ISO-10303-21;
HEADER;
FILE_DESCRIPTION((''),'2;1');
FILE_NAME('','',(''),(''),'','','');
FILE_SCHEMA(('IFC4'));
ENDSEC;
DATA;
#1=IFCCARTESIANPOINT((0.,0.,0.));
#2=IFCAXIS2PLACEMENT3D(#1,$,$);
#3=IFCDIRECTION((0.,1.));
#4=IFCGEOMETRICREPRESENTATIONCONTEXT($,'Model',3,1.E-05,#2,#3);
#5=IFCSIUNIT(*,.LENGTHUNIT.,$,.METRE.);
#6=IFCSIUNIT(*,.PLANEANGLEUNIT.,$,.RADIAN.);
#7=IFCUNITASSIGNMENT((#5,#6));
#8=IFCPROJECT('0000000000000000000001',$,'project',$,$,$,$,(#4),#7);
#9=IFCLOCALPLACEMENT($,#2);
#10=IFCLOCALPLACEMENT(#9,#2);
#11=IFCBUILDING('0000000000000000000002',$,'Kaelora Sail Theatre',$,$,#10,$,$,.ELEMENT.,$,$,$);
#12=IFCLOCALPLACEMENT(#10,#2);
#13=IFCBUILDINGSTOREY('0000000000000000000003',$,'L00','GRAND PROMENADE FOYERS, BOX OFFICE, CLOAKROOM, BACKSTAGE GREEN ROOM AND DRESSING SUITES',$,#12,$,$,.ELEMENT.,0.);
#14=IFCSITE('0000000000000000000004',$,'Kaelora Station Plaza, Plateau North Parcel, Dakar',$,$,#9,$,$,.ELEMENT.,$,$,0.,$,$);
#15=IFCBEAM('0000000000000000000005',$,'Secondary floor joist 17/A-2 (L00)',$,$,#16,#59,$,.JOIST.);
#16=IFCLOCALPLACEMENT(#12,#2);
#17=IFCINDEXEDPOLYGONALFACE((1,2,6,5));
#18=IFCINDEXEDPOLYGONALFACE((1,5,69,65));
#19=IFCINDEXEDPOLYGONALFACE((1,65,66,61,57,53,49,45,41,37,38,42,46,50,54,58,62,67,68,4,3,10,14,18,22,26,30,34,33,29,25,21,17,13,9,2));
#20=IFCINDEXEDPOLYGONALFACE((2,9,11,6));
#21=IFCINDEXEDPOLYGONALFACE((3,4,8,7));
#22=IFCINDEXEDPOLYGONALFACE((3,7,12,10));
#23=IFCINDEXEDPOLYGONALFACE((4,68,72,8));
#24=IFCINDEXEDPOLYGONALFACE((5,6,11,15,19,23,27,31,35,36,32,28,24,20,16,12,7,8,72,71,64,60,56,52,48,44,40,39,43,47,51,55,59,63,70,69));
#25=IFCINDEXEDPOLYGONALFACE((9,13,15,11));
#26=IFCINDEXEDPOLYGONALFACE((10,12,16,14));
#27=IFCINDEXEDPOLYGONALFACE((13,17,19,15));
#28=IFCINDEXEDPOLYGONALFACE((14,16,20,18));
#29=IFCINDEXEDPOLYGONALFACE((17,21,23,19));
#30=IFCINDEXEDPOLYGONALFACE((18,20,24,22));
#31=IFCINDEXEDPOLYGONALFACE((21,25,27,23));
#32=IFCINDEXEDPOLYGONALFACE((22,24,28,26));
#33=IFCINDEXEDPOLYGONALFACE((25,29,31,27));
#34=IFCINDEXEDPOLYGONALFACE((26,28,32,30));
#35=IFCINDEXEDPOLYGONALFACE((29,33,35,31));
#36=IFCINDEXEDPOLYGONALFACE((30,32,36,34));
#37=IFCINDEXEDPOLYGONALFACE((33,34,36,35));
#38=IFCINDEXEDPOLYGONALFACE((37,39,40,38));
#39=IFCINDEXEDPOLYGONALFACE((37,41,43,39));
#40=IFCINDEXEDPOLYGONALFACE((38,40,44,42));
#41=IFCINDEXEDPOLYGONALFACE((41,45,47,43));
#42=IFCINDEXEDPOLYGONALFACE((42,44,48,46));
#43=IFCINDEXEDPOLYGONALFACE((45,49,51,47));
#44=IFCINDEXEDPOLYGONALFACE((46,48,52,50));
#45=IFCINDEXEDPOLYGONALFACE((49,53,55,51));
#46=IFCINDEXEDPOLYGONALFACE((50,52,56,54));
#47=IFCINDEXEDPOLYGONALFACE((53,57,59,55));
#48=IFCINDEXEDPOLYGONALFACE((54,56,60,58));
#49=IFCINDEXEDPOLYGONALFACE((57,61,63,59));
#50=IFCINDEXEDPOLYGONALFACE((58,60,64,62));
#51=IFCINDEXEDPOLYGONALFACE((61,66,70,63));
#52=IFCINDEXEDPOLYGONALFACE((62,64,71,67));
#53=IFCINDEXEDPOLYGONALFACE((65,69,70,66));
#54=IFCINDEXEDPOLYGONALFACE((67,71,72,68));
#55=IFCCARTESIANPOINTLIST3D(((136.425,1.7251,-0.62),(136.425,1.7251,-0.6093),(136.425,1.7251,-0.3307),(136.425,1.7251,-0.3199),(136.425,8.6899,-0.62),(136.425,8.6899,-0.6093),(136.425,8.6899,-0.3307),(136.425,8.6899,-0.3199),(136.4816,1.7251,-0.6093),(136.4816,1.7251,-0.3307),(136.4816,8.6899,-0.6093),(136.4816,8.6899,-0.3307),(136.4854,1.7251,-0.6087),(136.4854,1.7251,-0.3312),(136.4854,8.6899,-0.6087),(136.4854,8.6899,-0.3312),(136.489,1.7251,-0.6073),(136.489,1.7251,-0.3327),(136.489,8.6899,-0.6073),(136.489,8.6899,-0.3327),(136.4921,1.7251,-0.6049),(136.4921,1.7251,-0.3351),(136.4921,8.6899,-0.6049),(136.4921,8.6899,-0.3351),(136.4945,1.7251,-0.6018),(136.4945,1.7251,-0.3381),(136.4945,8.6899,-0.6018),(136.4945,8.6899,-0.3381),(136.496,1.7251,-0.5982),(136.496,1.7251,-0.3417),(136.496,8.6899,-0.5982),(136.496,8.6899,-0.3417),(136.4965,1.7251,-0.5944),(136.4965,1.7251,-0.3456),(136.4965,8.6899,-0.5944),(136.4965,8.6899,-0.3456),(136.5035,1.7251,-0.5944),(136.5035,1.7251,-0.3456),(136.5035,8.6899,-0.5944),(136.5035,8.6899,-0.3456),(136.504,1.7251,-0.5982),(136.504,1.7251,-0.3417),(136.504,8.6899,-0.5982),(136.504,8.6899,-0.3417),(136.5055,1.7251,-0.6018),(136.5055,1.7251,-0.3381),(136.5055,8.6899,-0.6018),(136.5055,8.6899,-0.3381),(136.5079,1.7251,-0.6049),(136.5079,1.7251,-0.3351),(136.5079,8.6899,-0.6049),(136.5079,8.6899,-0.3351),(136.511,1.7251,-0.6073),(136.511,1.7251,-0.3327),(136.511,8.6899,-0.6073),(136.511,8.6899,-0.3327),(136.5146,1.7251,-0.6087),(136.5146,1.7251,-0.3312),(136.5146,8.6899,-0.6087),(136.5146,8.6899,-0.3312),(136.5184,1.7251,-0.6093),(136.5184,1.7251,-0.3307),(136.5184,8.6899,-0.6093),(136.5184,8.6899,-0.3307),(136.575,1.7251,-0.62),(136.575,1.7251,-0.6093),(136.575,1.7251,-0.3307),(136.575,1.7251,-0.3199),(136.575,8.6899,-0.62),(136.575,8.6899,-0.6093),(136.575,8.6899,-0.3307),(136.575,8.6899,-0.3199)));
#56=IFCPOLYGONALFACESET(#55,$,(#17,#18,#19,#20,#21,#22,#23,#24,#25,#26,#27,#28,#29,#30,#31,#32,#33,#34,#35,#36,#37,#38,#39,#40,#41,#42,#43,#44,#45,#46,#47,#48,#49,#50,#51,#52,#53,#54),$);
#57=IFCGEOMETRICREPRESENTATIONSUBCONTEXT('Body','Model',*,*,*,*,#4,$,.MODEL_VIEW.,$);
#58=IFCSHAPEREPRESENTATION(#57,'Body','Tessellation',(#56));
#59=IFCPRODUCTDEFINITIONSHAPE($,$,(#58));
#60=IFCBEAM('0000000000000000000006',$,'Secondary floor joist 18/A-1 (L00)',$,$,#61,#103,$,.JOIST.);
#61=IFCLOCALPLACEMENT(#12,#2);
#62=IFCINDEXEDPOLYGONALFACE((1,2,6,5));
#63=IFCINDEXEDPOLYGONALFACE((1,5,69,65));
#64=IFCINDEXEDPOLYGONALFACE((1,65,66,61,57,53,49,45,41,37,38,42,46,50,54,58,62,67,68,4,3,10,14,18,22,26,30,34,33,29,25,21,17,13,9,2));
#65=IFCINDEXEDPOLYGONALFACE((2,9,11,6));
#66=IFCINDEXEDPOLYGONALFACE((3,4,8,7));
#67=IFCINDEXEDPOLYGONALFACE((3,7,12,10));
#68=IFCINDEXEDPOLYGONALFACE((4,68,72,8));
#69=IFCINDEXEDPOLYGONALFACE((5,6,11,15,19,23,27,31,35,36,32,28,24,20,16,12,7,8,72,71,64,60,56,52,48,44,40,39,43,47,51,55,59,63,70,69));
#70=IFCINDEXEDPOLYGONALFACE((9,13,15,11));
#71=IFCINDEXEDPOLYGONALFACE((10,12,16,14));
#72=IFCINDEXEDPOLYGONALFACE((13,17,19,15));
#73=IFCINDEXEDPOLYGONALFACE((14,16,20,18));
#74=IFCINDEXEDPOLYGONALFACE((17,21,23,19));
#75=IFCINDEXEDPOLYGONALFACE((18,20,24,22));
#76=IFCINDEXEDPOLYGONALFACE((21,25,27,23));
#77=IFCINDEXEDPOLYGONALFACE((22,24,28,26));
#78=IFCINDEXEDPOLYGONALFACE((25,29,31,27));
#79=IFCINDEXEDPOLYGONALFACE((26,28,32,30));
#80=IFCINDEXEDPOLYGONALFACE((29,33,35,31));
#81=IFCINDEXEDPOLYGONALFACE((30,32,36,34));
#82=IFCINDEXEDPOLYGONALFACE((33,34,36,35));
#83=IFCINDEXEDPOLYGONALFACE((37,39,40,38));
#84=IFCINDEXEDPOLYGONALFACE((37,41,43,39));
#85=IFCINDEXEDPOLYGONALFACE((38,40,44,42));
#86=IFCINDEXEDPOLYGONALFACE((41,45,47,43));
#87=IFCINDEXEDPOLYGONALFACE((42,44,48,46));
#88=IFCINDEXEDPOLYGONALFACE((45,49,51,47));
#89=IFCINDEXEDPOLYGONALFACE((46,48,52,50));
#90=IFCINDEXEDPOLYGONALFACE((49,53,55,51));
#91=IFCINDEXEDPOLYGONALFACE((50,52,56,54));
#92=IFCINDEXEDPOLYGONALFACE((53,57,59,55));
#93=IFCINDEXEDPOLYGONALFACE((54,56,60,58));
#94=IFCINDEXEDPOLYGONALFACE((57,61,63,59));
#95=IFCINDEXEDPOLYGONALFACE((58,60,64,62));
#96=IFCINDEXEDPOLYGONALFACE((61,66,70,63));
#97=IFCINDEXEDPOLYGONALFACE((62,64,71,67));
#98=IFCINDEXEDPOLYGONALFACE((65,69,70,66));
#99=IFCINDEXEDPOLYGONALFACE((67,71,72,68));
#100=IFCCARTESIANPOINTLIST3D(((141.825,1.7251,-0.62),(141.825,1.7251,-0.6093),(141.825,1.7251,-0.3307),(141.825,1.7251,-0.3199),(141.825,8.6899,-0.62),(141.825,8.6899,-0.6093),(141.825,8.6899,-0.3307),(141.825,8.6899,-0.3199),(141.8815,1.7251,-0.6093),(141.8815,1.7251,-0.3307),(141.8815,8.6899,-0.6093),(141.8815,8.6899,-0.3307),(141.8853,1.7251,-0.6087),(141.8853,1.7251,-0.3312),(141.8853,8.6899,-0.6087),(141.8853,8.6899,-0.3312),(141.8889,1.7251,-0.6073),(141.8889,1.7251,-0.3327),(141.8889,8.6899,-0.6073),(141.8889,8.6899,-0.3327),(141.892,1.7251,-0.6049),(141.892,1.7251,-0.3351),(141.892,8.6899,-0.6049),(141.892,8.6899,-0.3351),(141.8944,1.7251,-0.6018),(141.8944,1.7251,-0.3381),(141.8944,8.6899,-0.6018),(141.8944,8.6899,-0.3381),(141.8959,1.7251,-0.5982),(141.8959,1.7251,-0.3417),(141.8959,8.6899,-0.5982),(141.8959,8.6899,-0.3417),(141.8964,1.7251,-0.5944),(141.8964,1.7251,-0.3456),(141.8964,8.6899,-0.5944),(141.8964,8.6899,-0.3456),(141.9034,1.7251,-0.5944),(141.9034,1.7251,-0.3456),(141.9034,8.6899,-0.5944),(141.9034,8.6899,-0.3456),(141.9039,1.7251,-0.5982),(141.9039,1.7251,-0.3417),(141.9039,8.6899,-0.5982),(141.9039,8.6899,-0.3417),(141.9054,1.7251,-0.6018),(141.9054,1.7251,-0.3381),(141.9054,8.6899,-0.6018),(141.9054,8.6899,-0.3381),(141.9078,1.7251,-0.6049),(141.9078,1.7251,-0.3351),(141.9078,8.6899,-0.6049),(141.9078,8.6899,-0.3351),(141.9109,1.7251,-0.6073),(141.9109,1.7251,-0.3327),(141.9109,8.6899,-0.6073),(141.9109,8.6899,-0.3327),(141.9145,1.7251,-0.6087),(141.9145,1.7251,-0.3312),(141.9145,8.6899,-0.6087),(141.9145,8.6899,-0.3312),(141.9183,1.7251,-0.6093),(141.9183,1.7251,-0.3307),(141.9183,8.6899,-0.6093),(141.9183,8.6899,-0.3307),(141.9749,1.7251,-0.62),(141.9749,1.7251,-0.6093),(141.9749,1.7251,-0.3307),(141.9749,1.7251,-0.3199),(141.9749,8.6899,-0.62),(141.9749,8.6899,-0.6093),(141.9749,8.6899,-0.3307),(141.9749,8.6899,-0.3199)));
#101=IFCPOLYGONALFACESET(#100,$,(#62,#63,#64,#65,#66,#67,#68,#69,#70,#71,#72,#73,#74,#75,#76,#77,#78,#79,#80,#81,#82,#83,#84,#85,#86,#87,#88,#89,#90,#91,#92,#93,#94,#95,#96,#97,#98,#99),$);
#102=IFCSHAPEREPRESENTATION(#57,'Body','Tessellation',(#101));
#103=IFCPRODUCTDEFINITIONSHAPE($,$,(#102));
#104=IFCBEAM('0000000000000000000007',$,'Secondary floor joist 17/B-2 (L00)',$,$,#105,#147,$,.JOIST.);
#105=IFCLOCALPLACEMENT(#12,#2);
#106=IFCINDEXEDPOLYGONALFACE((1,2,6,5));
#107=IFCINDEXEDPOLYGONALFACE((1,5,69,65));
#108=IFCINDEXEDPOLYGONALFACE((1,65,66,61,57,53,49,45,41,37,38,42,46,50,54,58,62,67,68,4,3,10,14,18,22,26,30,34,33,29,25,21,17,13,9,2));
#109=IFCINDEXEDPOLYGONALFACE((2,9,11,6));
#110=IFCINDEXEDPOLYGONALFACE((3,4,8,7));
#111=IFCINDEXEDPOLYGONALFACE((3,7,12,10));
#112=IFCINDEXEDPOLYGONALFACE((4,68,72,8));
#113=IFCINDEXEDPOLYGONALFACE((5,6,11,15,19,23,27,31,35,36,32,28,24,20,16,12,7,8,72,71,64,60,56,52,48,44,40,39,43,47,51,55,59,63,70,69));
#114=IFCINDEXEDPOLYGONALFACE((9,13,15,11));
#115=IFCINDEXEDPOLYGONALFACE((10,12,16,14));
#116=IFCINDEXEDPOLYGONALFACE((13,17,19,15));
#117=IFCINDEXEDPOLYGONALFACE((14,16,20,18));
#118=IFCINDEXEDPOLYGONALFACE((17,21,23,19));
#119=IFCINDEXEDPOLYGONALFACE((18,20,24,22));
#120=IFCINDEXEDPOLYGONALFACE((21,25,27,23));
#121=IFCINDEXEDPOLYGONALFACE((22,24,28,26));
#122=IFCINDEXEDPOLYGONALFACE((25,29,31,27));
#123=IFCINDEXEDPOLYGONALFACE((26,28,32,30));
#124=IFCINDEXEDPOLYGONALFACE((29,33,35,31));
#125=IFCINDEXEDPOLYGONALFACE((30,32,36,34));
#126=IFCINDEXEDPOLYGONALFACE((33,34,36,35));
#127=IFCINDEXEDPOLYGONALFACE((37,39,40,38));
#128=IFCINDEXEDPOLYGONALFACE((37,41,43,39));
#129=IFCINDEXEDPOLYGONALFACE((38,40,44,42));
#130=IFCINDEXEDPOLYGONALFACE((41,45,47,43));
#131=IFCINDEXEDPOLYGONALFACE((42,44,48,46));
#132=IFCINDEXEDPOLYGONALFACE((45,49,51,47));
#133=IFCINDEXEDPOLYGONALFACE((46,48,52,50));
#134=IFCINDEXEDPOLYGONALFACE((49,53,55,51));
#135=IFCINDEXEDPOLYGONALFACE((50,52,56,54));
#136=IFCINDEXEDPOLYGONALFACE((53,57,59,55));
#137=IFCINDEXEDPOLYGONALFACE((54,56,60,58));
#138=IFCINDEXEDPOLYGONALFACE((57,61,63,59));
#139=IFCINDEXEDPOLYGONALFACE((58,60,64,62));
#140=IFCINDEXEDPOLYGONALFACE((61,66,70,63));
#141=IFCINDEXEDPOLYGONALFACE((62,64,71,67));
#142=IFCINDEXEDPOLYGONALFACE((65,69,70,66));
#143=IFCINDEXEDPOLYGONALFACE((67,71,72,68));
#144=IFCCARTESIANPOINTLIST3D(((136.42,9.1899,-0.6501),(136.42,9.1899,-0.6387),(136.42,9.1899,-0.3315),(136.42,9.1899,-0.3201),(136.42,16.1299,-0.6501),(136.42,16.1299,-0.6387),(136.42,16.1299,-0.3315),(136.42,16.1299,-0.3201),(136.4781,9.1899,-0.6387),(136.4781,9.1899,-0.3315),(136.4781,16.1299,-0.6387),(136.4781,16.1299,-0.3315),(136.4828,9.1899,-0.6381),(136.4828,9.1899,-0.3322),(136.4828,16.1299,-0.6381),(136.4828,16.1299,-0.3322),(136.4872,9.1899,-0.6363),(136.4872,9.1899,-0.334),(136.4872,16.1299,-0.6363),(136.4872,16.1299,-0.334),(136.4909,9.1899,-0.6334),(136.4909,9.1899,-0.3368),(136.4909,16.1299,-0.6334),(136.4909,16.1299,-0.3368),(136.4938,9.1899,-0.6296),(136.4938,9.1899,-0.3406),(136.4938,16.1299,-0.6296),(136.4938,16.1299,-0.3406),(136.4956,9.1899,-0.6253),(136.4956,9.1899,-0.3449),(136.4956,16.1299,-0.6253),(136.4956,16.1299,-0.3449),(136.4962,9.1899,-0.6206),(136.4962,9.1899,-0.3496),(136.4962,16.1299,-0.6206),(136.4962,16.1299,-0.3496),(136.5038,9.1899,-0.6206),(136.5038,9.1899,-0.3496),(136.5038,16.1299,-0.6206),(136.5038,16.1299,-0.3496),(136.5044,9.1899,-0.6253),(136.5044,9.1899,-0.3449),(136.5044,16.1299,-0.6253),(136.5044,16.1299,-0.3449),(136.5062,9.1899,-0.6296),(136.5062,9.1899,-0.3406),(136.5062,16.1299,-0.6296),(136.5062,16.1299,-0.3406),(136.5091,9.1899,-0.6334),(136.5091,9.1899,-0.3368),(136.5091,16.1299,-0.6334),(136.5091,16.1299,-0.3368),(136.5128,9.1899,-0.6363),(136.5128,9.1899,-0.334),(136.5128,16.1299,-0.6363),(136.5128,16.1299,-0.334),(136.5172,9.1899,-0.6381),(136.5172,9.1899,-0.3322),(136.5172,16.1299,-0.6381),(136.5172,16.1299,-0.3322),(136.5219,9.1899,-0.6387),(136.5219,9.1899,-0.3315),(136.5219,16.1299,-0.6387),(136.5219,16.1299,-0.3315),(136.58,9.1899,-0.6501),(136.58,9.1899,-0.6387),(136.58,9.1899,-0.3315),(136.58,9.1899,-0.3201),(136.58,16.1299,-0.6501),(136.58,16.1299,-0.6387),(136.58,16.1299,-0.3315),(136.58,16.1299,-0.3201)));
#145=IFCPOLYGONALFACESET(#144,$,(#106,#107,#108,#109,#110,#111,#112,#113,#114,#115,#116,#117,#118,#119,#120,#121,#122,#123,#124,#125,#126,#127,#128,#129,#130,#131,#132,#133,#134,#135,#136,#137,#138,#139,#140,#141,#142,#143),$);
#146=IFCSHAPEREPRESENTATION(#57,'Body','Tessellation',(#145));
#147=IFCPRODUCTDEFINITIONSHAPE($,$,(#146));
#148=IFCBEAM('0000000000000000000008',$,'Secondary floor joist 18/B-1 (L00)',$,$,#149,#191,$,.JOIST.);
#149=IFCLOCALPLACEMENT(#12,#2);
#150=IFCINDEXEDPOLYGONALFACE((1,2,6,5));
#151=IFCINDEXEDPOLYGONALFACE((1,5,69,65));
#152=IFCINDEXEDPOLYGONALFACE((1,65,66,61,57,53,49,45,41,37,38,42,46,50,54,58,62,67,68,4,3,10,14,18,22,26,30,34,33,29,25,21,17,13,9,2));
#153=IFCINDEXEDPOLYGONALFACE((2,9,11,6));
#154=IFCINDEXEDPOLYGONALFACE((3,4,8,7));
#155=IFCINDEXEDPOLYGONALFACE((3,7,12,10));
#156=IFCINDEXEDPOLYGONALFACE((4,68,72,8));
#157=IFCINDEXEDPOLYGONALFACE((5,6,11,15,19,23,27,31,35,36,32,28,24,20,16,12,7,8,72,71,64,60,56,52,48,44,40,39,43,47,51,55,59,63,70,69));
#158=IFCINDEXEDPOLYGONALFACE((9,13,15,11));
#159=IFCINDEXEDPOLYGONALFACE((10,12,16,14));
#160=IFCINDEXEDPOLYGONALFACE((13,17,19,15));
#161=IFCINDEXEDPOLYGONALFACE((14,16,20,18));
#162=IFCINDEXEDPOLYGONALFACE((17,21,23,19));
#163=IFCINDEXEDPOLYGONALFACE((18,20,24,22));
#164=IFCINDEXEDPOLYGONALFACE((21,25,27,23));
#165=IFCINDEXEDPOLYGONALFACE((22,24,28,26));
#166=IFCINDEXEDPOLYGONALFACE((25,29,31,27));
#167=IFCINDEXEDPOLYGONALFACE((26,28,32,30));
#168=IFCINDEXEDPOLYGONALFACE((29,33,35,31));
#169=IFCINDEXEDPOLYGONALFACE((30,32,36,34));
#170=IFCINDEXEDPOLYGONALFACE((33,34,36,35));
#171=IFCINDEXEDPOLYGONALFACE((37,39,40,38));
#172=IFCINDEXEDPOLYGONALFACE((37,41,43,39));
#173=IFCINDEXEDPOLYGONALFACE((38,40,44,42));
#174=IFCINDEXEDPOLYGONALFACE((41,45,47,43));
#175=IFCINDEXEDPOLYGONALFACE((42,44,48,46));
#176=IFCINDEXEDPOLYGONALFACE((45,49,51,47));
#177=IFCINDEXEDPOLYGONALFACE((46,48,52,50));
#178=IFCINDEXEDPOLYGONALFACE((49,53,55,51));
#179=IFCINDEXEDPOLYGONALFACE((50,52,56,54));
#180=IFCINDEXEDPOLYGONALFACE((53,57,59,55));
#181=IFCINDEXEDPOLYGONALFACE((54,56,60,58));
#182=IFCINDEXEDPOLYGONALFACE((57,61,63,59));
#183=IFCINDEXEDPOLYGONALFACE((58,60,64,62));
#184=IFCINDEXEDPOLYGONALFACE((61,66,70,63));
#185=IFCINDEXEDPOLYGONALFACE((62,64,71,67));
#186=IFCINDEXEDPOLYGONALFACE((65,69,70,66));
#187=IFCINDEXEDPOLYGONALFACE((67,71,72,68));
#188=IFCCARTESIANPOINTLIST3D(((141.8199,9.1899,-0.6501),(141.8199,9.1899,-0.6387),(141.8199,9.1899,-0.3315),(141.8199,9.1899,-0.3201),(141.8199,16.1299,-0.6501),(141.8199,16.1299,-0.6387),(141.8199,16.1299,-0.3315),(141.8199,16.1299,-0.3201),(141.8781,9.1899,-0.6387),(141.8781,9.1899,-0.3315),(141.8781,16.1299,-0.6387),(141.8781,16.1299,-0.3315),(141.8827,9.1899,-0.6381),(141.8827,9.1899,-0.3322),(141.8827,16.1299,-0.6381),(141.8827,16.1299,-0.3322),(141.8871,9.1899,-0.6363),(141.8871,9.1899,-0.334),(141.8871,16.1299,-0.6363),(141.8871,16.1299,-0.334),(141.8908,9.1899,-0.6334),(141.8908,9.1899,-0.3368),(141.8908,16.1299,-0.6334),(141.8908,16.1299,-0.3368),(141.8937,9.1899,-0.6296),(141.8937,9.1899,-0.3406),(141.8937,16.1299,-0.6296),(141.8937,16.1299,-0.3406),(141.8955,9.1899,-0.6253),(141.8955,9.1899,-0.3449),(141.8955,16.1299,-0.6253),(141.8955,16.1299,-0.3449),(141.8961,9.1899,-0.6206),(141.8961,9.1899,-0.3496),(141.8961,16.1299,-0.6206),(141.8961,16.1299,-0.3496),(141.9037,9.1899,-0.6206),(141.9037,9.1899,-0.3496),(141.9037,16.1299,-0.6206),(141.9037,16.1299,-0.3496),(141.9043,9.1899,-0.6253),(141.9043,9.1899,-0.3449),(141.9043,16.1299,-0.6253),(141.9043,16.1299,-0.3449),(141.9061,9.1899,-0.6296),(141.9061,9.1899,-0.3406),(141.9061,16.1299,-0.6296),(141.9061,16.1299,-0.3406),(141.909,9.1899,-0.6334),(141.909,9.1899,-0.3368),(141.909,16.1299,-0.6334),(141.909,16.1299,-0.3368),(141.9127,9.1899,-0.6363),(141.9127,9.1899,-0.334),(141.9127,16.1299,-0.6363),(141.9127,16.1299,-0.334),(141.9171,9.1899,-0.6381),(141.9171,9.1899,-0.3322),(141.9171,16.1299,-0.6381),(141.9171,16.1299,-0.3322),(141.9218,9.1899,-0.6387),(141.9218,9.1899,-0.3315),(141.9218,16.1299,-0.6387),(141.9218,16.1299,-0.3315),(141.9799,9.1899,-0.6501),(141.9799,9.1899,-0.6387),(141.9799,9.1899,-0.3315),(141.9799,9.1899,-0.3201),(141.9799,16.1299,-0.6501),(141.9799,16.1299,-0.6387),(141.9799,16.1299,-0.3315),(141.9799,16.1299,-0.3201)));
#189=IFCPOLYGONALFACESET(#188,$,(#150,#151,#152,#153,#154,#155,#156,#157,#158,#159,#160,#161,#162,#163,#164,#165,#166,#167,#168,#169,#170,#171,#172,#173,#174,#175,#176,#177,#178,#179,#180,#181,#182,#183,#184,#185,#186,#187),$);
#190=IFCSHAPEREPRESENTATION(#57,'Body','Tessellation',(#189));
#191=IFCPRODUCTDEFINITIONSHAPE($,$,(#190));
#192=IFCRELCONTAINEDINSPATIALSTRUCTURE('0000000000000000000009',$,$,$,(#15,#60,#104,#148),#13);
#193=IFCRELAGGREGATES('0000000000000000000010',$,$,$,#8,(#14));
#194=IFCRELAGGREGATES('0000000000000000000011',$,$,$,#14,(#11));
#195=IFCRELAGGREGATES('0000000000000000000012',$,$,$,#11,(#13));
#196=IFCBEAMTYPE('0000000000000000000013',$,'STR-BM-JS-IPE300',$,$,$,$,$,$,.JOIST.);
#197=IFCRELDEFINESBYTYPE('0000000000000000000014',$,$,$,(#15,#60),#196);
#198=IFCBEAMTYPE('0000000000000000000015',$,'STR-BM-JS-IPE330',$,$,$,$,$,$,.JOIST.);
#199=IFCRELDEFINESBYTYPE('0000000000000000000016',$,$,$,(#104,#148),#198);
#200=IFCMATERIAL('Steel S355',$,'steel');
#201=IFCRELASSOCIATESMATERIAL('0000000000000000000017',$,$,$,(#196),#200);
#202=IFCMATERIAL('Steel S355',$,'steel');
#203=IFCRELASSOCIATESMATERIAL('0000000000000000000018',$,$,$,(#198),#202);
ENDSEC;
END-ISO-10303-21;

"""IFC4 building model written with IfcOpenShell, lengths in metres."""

from ifc_helpers import new_model, si_unit, direction, frame, origin, origin_2d, place, context, subcontext, project, spatial, i_section, extrude, material, material_profile, profile_set, type_object, element, save


model = new_model("IFC4")

# Units and contexts
model_context = context("Model", 3, precision=1e-05, world=origin(), true_north=direction((0.0, 1.0)))
body_context = subcontext(model_context, "Body", "Model", "MODEL_VIEW")
ifc_project = project(units=[si_unit("LENGTHUNIT", "METRE"), si_unit("PLANEANGLEUNIT", "RADIAN")], contexts=[model_context])

# Site, building, storey
site_placement = place(None, origin())
site = spatial("IfcSite", under=ifc_project, at=site_placement, Name="Kaelora Station Plaza, Plateau North Parcel, Dakar", CompositionType="ELEMENT", RefElevation=0.0)
building_placement = place(site_placement, origin())
building = spatial("IfcBuilding", under=site, at=building_placement, Name="Kaelora Sail Theatre", CompositionType="ELEMENT")
storey_placement = place(building_placement, origin())
storey = spatial("IfcBuildingStorey", under=building, at=storey_placement, Name="L00", Description="GRAND PROMENADE FOYERS, BOX OFFICE, CLOAKROOM, BACKSTAGE GREEN ROOM AND DRESSING SUITES", CompositionType="ELEMENT", Elevation=0.0)

# Beams
ifc_material_1 = material(Name="Steel S355", Category="steel")
ifc_material_profile_1 = material_profile(ifc_material_1, i_section(OverallWidth=0.1499, OverallDepth=0.3, WebThickness=0.0071, FlangeThickness=0.0107, FilletRadius=0.0149, at=origin_2d()), Name="IPE 300")
ifc_profile_set_1 = profile_set([ifc_material_profile_1], Name="Steel S355")
beam_type_1 = type_object("IfcBeamType", Name="STR-BM-JS-IPE300", PredefinedType="JOIST", material=ifc_profile_set_1)
for number, where, z_axis, x_axis, name in (
    (1, (136.5, 1.7251, -0.47), (0.0, 1.0, 0.0), (-1.0, 0.0, 0.0), "Secondary floor joist 17/A-2 (L00)"),
    (2, (141.8999, 1.7251, -0.47), (0.0, 1.0, 0.0), (-1.0, 0.0, 0.0), "Secondary floor joist 18/A-1 (L00)"),
):
    element("IfcBeam", number, at=place(storey_placement, frame(where, z_axis=z_axis, x_axis=x_axis)), inside=storey, type_object=beam_type_1, Name=name, PredefinedType="JOIST", context=body_context, shape_type="SweptSolid", body=[
        extrude(i_section(OverallWidth=0.1499, OverallDepth=0.3, WebThickness=0.0071, FlangeThickness=0.0107, FilletRadius=0.0149, at=origin_2d()), origin(), (0.0, 0.0, 1.0), 6.9648),
    ])
ifc_material_2 = material(Name="Steel S355", Category="steel")
ifc_material_profile_2 = material_profile(ifc_material_2, i_section(OverallWidth=0.1599, OverallDepth=0.3301, WebThickness=0.0076, FlangeThickness=0.0115, FilletRadius=0.0181, at=origin_2d()), Name="IPE 330")
ifc_profile_set_2 = profile_set([ifc_material_profile_2], Name="Steel S355")
beam_type_2 = type_object("IfcBeamType", Name="STR-BM-JS-IPE330", PredefinedType="JOIST", material=ifc_profile_set_2)
for number, where, z_axis, x_axis, name in (
    (3, (136.5, 9.1899, -0.4851), (0.0, 1.0, 0.0), (-1.0, 0.0, 0.0), "Secondary floor joist 17/B-2 (L00)"),
    (4, (141.8999, 9.1899, -0.4851), (0.0, 1.0, 0.0), (-1.0, 0.0, 0.0), "Secondary floor joist 18/B-1 (L00)"),
):
    element("IfcBeam", number, at=place(storey_placement, frame(where, z_axis=z_axis, x_axis=x_axis)), inside=storey, type_object=beam_type_2, Name=name, PredefinedType="JOIST", context=body_context, shape_type="SweptSolid", body=[
        extrude(i_section(OverallWidth=0.1599, OverallDepth=0.3301, WebThickness=0.0076, FlangeThickness=0.0115, FilletRadius=0.0181, at=origin_2d()), origin(), (0.0, 0.0, 1.0), 6.9399),
    ])

save(model, "model.ifc")
